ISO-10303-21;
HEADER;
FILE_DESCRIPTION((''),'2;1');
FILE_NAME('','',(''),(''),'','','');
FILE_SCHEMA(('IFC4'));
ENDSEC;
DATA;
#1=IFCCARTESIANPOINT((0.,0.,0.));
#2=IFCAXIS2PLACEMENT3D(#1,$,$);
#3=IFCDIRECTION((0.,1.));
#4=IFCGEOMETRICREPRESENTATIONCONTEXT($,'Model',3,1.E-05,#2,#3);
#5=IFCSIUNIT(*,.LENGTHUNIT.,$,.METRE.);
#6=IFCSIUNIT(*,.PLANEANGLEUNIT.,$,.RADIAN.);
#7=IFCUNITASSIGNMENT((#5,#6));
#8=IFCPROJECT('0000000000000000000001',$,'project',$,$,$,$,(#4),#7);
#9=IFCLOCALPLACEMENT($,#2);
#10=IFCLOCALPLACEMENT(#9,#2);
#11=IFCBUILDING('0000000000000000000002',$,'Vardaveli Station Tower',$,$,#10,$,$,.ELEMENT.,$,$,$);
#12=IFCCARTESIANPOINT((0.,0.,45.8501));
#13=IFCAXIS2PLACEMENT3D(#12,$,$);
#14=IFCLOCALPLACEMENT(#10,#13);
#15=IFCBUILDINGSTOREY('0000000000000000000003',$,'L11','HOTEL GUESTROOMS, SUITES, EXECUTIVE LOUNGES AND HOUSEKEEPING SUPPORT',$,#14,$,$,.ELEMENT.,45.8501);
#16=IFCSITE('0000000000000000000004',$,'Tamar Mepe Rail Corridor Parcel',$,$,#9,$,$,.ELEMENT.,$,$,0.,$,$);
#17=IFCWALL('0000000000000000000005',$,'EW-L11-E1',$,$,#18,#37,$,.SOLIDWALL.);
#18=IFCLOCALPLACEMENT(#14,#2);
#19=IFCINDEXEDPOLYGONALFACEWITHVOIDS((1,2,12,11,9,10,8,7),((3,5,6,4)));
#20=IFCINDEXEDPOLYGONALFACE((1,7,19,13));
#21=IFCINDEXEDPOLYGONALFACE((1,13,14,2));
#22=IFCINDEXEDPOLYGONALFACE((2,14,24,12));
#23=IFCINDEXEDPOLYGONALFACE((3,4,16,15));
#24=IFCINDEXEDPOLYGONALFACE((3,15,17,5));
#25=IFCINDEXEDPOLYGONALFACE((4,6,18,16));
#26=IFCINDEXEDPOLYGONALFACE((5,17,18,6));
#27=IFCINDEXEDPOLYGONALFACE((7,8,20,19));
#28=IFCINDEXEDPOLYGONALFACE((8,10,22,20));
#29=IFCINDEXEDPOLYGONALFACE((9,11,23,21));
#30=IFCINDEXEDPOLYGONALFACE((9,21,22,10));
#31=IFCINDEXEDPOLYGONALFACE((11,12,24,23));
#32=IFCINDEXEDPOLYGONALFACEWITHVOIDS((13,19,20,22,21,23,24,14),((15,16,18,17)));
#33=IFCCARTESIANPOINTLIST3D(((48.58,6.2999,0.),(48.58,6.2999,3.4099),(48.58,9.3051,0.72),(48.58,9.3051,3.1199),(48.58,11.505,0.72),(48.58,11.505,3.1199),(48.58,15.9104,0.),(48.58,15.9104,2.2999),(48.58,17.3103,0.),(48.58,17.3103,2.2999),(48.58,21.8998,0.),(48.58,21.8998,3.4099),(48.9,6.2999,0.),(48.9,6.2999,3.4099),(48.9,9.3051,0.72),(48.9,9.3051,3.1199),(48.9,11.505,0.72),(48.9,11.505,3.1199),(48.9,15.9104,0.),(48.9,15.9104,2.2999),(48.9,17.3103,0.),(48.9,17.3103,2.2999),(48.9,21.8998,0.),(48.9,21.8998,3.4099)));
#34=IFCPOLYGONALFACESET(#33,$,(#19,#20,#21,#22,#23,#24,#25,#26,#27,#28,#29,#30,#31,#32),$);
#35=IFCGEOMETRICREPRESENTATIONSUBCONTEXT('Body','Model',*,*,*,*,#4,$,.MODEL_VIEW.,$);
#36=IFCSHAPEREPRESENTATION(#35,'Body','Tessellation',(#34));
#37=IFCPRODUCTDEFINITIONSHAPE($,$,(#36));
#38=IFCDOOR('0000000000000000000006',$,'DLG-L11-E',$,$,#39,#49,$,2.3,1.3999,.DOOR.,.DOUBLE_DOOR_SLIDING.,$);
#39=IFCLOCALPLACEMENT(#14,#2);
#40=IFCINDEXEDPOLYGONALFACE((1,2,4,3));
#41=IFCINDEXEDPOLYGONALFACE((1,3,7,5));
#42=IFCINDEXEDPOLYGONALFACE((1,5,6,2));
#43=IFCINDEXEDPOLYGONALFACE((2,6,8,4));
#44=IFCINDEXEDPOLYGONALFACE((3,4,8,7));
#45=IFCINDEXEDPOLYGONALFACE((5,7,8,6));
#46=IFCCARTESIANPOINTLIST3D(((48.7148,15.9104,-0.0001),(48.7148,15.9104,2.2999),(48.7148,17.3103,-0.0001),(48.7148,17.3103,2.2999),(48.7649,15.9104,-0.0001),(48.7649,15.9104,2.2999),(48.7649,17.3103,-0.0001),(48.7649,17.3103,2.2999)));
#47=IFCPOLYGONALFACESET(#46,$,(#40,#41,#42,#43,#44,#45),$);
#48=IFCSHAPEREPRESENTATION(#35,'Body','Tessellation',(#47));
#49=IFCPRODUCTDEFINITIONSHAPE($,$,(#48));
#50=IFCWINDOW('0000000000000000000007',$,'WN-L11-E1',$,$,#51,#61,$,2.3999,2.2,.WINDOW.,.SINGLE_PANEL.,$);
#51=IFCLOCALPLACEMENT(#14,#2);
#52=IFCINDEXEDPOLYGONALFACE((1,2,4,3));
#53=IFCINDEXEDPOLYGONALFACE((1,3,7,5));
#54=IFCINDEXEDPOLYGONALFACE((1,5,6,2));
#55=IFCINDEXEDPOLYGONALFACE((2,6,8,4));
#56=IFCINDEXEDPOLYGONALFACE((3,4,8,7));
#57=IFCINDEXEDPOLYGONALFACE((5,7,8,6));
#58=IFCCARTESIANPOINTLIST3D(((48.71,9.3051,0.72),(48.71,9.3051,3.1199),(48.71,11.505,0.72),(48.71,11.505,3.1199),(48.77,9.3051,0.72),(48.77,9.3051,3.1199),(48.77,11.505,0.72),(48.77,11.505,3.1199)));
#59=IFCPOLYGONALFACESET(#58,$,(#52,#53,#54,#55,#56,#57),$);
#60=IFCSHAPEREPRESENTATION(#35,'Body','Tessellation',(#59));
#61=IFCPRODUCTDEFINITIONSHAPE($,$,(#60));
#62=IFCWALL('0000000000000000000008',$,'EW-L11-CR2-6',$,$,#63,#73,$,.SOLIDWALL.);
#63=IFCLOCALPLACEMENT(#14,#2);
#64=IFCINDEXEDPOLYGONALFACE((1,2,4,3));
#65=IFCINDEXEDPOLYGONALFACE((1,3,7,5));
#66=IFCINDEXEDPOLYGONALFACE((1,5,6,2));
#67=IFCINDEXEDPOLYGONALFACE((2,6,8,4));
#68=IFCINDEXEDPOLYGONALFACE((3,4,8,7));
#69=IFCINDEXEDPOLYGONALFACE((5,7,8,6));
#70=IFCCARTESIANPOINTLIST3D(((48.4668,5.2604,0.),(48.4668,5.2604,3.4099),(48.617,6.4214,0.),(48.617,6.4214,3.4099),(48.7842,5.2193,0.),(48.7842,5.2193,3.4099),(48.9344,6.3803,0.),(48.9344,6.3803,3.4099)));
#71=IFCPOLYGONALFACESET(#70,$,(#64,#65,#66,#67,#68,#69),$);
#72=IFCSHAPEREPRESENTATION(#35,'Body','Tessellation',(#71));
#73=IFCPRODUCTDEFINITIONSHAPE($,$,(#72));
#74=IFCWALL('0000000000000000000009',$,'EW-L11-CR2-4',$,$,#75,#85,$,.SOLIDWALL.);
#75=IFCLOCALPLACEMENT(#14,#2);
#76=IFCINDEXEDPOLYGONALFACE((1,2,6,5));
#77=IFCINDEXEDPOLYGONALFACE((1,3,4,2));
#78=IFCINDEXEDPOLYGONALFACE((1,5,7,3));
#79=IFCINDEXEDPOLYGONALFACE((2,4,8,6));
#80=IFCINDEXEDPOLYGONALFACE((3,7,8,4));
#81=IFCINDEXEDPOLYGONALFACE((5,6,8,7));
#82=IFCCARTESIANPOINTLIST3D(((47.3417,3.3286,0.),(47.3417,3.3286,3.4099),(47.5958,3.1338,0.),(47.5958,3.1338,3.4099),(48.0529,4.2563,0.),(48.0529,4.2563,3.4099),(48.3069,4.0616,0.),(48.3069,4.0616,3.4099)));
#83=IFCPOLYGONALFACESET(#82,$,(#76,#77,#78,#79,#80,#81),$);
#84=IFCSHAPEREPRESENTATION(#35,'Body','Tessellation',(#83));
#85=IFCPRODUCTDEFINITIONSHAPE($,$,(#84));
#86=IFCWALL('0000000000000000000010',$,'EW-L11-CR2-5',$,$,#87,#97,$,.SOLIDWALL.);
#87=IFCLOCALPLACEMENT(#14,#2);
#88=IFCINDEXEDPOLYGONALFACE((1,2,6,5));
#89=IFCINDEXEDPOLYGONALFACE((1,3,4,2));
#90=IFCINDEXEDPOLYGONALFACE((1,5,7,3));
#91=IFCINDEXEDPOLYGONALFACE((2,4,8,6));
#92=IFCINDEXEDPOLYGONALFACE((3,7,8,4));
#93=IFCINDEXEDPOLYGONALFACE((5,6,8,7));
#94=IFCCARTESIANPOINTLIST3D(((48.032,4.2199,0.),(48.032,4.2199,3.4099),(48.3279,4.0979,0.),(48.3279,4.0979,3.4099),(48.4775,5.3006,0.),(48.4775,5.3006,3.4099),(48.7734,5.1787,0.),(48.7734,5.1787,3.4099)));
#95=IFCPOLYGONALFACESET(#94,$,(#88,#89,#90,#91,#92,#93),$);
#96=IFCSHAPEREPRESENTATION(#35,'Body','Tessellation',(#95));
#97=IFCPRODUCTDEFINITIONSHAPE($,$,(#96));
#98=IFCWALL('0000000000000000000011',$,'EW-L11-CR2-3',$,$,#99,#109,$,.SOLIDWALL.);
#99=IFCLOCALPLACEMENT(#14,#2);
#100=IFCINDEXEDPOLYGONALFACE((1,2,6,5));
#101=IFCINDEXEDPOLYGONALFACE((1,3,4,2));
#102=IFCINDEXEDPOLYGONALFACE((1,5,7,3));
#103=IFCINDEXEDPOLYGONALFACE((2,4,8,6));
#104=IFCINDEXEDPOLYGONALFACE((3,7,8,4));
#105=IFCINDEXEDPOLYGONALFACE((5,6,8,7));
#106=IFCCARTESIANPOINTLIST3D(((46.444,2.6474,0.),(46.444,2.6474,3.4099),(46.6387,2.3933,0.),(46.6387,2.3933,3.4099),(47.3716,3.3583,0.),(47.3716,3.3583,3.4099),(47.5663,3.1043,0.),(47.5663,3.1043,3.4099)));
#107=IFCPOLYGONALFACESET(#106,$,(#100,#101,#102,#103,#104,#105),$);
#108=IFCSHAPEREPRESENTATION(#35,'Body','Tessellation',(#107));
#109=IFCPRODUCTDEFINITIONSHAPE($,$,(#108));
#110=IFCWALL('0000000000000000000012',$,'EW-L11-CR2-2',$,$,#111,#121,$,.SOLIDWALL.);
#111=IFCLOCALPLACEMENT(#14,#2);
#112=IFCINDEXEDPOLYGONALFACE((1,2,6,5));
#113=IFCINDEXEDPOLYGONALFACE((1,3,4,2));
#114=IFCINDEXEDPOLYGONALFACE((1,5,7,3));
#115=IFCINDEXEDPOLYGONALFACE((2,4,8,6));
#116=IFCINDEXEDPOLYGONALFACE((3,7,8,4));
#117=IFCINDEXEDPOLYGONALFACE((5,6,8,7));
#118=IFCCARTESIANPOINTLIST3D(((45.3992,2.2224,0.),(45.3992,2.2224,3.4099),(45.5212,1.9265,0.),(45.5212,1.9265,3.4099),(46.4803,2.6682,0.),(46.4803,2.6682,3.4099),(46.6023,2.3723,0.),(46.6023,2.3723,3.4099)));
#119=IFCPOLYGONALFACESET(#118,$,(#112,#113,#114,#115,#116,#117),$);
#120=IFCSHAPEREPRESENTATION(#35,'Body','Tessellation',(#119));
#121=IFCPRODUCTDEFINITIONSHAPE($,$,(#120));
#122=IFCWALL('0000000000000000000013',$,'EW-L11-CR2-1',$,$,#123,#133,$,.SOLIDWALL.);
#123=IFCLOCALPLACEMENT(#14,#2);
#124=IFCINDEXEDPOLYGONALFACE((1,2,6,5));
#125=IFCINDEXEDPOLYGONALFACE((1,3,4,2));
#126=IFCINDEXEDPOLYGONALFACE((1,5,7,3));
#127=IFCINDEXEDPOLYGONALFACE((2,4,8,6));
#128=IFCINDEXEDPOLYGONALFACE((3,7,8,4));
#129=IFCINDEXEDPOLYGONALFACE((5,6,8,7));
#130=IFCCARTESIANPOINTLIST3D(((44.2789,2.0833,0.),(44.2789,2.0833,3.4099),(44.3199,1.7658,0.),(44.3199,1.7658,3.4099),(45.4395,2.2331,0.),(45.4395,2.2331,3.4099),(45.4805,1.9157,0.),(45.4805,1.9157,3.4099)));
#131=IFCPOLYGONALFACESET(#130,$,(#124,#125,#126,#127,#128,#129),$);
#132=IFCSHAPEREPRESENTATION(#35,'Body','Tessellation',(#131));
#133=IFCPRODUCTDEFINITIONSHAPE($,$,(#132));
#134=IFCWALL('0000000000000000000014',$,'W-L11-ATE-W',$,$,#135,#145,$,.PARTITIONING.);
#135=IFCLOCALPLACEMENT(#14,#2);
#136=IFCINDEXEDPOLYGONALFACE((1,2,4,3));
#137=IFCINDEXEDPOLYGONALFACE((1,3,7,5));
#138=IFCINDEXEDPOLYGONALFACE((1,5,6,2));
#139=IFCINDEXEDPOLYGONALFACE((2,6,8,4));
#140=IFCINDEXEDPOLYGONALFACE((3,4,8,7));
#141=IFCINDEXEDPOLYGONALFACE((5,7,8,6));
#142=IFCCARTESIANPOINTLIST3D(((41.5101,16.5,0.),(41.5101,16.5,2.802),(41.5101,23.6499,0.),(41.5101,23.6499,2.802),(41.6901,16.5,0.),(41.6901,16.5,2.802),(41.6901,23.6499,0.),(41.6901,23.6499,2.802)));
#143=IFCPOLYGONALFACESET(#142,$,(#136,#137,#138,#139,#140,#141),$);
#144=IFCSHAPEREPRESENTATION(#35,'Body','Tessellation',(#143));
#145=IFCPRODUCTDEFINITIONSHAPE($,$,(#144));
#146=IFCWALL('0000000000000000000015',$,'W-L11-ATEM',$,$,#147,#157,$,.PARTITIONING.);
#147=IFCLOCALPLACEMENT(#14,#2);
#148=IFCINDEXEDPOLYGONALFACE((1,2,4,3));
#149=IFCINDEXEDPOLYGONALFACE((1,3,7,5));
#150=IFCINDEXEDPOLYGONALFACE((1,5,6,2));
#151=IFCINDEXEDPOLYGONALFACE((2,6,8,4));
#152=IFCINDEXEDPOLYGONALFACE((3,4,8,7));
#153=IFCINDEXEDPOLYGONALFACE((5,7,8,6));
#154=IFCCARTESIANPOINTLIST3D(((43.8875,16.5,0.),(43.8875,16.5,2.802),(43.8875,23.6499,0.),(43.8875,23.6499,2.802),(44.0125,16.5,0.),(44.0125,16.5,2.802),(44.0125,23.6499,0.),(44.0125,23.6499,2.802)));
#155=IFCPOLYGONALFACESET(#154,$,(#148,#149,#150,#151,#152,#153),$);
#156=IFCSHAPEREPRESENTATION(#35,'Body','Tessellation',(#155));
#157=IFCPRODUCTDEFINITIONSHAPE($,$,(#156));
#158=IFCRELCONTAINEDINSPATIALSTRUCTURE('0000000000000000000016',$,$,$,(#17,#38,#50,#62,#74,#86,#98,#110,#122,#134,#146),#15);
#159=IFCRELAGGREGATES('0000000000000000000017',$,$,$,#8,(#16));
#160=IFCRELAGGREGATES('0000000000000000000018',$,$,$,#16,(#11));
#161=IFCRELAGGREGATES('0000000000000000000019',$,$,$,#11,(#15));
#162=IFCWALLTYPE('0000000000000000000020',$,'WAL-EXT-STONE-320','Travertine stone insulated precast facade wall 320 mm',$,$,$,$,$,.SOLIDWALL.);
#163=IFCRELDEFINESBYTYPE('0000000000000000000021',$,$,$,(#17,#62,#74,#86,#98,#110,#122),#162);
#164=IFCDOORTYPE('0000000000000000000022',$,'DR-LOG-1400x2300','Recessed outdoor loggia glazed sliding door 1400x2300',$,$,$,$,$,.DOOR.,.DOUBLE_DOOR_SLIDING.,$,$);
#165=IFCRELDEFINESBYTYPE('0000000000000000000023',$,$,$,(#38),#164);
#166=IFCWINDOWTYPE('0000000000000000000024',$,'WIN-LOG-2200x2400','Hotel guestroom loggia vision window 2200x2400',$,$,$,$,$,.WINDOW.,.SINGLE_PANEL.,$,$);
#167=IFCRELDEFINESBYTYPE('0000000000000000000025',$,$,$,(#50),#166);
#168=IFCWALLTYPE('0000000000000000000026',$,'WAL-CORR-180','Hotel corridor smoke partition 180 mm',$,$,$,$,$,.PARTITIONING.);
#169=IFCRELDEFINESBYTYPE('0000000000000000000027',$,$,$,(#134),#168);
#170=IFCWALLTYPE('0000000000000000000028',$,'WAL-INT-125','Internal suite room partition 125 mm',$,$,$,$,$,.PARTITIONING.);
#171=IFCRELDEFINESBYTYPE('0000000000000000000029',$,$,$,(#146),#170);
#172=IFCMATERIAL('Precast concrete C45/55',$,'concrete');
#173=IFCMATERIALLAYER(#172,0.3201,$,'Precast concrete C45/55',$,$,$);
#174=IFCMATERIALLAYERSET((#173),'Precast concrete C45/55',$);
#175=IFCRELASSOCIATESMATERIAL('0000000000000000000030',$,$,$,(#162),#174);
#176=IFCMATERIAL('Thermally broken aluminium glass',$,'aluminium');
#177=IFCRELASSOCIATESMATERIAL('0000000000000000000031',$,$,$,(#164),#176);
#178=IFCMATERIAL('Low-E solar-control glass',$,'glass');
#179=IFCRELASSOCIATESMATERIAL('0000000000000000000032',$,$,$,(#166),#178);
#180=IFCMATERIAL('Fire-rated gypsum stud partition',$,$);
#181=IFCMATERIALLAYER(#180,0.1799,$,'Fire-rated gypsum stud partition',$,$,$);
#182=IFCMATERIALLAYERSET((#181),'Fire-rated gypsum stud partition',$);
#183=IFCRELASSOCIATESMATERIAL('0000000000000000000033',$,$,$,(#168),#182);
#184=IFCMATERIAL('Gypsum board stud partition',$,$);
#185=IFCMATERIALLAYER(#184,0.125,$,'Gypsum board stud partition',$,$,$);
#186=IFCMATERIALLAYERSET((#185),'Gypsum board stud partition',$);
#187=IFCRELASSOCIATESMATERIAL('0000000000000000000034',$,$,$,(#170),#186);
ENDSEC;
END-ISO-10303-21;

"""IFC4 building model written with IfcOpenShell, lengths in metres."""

from ifc_helpers import new_model, si_unit, direction, frame, frame_2d, origin, place, context, subcontext, project, spatial, rectangle, extrude, source, transform, mapped, material, layer, layer_set, type_object, element, fill, save


model = new_model("IFC4")

# Units and contexts
model_context = context("Model", 3, precision=1e-05, world=origin(), true_north=direction((0.0, 1.0)))
body_context = subcontext(model_context, "Body", "Model", "MODEL_VIEW")
ifc_project = project(units=[si_unit("LENGTHUNIT", "METRE"), si_unit("PLANEANGLEUNIT", "RADIAN")], contexts=[model_context])

# Site, building, storey
site_placement = place(None, origin())
site = spatial("IfcSite", under=ifc_project, at=site_placement, Name="Tamar Mepe Rail Corridor Parcel", CompositionType="ELEMENT", RefElevation=0.0)
building_placement = place(site_placement, origin())
building = spatial("IfcBuilding", under=site, at=building_placement, Name="Vardaveli Station Tower", CompositionType="ELEMENT")
storey_placement = place(building_placement, frame((0.0, 0.0, 45.8501)))
storey = spatial("IfcBuildingStorey", under=building, at=storey_placement, Name="L11", Description="HOTEL GUESTROOMS, SUITES, EXECUTIVE LOUNGES AND HOUSEKEEPING SUPPORT", CompositionType="ELEMENT", Elevation=45.8501)

# Shared definitions
ifc_material_1 = material(Name="Precast concrete C45/55", Category="concrete")

# Wall, openings, door, window
ifc_layer_1 = layer(ifc_material_1, 0.3201, Name="Precast concrete C45/55")
ifc_layer_set_1 = layer_set([ifc_layer_1], Name="Precast concrete C45/55")
wall_type_1 = type_object("IfcWallType", Name="WAL-EXT-STONE-320", Description="Travertine stone insulated precast facade wall 320 mm", PredefinedType="SOLIDWALL", material=ifc_layer_set_1)
shared_shape_1 = source(origin(), body_context, "Body", "SweptSolid", [
    extrude(rectangle(XDim=15.5999, YDim=0.3201, at=frame_2d((7.7998, 0.0))), origin(), (0.0, 0.0, 1.0), 3.4099),
])
wall_1_placement = place(storey_placement, frame((48.74, 6.3, 0.0), z_axis=(0.0, 0.0, 1.0), x_axis=(0.0, 1.0, 0.0)))
wall_1 = element("IfcWall", 1, at=wall_1_placement, inside=storey, type_object=wall_type_1, Name="EW-L11-E1", PredefinedType="SOLIDWALL", context=body_context, shape_type="MappedRepresentation", body=[
    mapped(shared_shape_1, transform((0.0, 0.0, 0.0), scale=1.0)),
])
shared_shape_2 = source(origin(), body_context, "Body", "SweptSolid", [
    extrude(rectangle(XDim=1.3999, YDim=2.3, at=frame_2d((0.7, 1.1499))), frame((0.0, 0.1699, 0.0), z_axis=(0.0, -1.0, 0.0), x_axis=(1.0, 0.0, 0.0)), (0.0, 0.0, 1.0), 0.3401),
])
opening_1_placement = place(wall_1_placement, frame((9.6104, 0.0, 0.0)))
opening_1 = element("IfcOpeningElement", 2, at=opening_1_placement, cuts=wall_1, PredefinedType="OPENING", context=body_context, shape_type="MappedRepresentation", body=[
    mapped(shared_shape_2, transform((0.0, 0.0, 0.0), scale=1.0)),
])
shared_shape_3 = source(origin(), body_context, "Body", "SweptSolid", [
    extrude(rectangle(XDim=2.2, YDim=2.3999, at=frame_2d((1.1001, 1.2))), frame((0.0, 0.1699, 0.0), z_axis=(0.0, -1.0, 0.0), x_axis=(1.0, 0.0, 0.0)), (0.0, 0.0, 1.0), 0.3401),
])
opening_2_placement = place(wall_1_placement, frame((3.0049, 0.0, 0.72)))
opening_2 = element("IfcOpeningElement", 3, at=opening_2_placement, cuts=wall_1, PredefinedType="OPENING", context=body_context, shape_type="MappedRepresentation", body=[
    mapped(shared_shape_3, transform((0.0, 0.0, 0.0), scale=1.0)),
])
ifc_material_2 = material(Name="Thermally broken aluminium glass", Category="aluminium")
door_type_1 = type_object("IfcDoorType", Name="DR-LOG-1400x2300", Description="Recessed outdoor loggia glazed sliding door 1400x2300", OperationType="DOUBLE_DOOR_SLIDING", PredefinedType="DOOR", material=ifc_material_2)
shared_shape_4 = source(origin(), body_context, "Body", "SweptSolid", [
    extrude(rectangle(XDim=1.3999, YDim=2.3, at=frame_2d((0.7, 1.1499))), frame((0.0, 0.0249, 0.0), z_axis=(0.0, -1.0, 0.0), x_axis=(1.0, 0.0, 0.0)), (0.0, 0.0, 1.0), 0.05),
])
door_1_placement = place(opening_1_placement, frame((1.3999, 0.0, 0.0), z_axis=(0.0, 0.0, 1.0), x_axis=(-1.0, 0.0, 0.0)))
door_1 = element("IfcDoor", 4, at=door_1_placement, inside=storey, type_object=door_type_1, Name="DLG-L11-E", OperationType="DOUBLE_DOOR_SLIDING", OverallHeight=2.3, OverallWidth=1.3999, PredefinedType="DOOR", context=body_context, shape_type="MappedRepresentation", body=[
    mapped(shared_shape_4, transform((0.0, 0.0, 0.0), scale=1.0)),
])
fill(opening_1, door_1)
ifc_material_3 = material(Name="Low-E solar-control glass", Category="glass")
window_type = type_object("IfcWindowType", Name="WIN-LOG-2200x2400", Description="Hotel guestroom loggia vision window 2200x2400", PartitioningType="SINGLE_PANEL", PredefinedType="WINDOW", material=ifc_material_3)
shared_shape_5 = source(origin(), body_context, "Body", "SweptSolid", [
    extrude(rectangle(XDim=2.2, YDim=2.3999, at=frame_2d((1.1001, 1.2))), frame((0.0, 0.03, 0.0), z_axis=(0.0, -1.0, 0.0), x_axis=(1.0, 0.0, 0.0)), (0.0, 0.0, 1.0), 0.0601),
])
window_placement = place(opening_2_placement, origin())
window = element("IfcWindow", 5, at=window_placement, inside=storey, type_object=window_type, Name="WN-L11-E1", OverallHeight=2.3999, OverallWidth=2.2, PartitioningType="SINGLE_PANEL", PredefinedType="WINDOW", context=body_context, shape_type="MappedRepresentation", body=[
    mapped(shared_shape_5, transform((0.0, 0.0, 0.0), scale=1.0)),
])
fill(opening_2, window)

# Walls
shared_shape_6 = source(origin(), body_context, "Body", "SweptSolid", [
    extrude(rectangle(XDim=1.1707, YDim=0.3201, at=frame_2d((0.5854, 0.0))), origin(), (0.0, 0.0, 1.0), 3.4099),
])
wall_2_placement = place(storey_placement, frame((48.6255, 5.2397, 0.0), z_axis=(0.0, 0.0, 1.0), x_axis=(0.128269, 0.991739, 0.0)))
element("IfcWall", 6, at=wall_2_placement, inside=storey, type_object=wall_type_1, Name="EW-L11-CR2-6", PredefinedType="SOLIDWALL", context=body_context, shape_type="MappedRepresentation", body=[
    mapped(shared_shape_6, transform((0.0, 0.0, 0.0), scale=1.0)),
])
shared_shape_7 = source(origin(), body_context, "Body", "SweptSolid", [
    extrude(rectangle(XDim=1.1689, YDim=0.3201, at=frame_2d((0.5845, 0.0))), origin(), (0.0, 0.0, 1.0), 3.4099),
])
for number, where, z_axis, x_axis, name in (
    (7, (47.4688, 3.2312, 0.0), (0.0, 0.0, 1.0), (0.608388, 0.79364, 0.0), "EW-L11-CR2-4"),
    (8, (48.1799, 4.1589, 0.0), (0.0, 0.0, 1.0), (0.381128, 0.924522, 0.0), "EW-L11-CR2-5"),
):
    element("IfcWall", number, at=place(storey_placement, frame(where, z_axis=z_axis, x_axis=x_axis)), inside=storey, type_object=wall_type_1, Name=name, PredefinedType="SOLIDWALL", context=body_context, shape_type="MappedRepresentation", body=[
        mapped(shared_shape_7, transform((0.0, 0.0, 0.0), scale=1.0)),
    ])
shared_shape_8 = source(origin(), body_context, "Body", "SweptSolid", [
    extrude(rectangle(XDim=1.1687, YDim=0.3201, at=frame_2d((0.5845, 0.0))), origin(), (0.0, 0.0, 1.0), 3.4099),
])
wall_3_placement = place(storey_placement, frame((46.5413, 2.5203, 0.0), z_axis=(0.0, 0.0, 1.0), x_axis=(0.793664, 0.608357, 0.0)))
element("IfcWall", 9, at=wall_3_placement, inside=storey, type_object=wall_type_1, Name="EW-L11-CR2-3", PredefinedType="SOLIDWALL", context=body_context, shape_type="MappedRepresentation", body=[
    mapped(shared_shape_8, transform((0.0, 0.0, 0.0), scale=1.0)),
])
shared_shape_9 = source(origin(), body_context, "Body", "SweptSolid", [
    extrude(rectangle(XDim=1.1694, YDim=0.3201, at=frame_2d((0.5847, 0.0))), origin(), (0.0, 0.0, 1.0), 3.4099),
])
wall_4_placement = place(storey_placement, frame((45.4602, 2.0745, 0.0), z_axis=(0.0, 0.0, 1.0), x_axis=(0.924479, 0.381233, 0.0)))
element("IfcWall", 10, at=wall_4_placement, inside=storey, type_object=wall_type_1, Name="EW-L11-CR2-2", PredefinedType="SOLIDWALL", context=body_context, shape_type="MappedRepresentation", body=[
    mapped(shared_shape_9, transform((0.0, 0.0, 0.0), scale=1.0)),
])
shared_shape_10 = source(origin(), body_context, "Body", "SweptSolid", [
    extrude(rectangle(XDim=1.1702, YDim=0.3201, at=frame_2d((0.585, 0.0))), origin(), (0.0, 0.0, 1.0), 3.4099),
])
wall_5_placement = place(storey_placement, frame((44.2996, 1.9246, 0.0), z_axis=(0.0, 0.0, 1.0), x_axis=(0.991762, 0.12809, 0.0)))
element("IfcWall", 11, at=wall_5_placement, inside=storey, type_object=wall_type_1, Name="EW-L11-CR2-1", PredefinedType="SOLIDWALL", context=body_context, shape_type="MappedRepresentation", body=[
    mapped(shared_shape_10, transform((0.0, 0.0, 0.0), scale=1.0)),
])

# Shared definitions
ifc_material_4 = material(Name="Fire-rated gypsum stud partition")
ifc_layer_2 = layer(ifc_material_4, 0.1799, Name="Fire-rated gypsum stud partition")
ifc_layer_set_2 = layer_set([ifc_layer_2], Name="Fire-rated gypsum stud partition")
wall_type_2 = type_object("IfcWallType", Name="WAL-CORR-180", Description="Hotel corridor smoke partition 180 mm", PredefinedType="PARTITIONING", material=ifc_layer_set_2)

# Walls
shared_shape_11 = source(origin(), body_context, "Body", "SweptSolid", [
    extrude(rectangle(XDim=7.1499, YDim=0.1799, at=frame_2d((3.575, 0.0))), origin(), (0.0, 0.0, 1.0), 2.802),
])
wall_6_placement = place(storey_placement, frame((41.6001, 16.5, 0.0), z_axis=(0.0, 0.0, 1.0), x_axis=(0.0, 1.0, 0.0)))
element("IfcWall", 12, at=wall_6_placement, inside=storey, type_object=wall_type_2, Name="W-L11-ATE-W", PredefinedType="PARTITIONING", context=body_context, shape_type="MappedRepresentation", body=[
    mapped(shared_shape_11, transform((0.0, 0.0, 0.0), scale=1.0)),
])
ifc_material_5 = material(Name="Gypsum board stud partition")
ifc_layer_3 = layer(ifc_material_5, 0.125, Name="Gypsum board stud partition")
ifc_layer_set_3 = layer_set([ifc_layer_3], Name="Gypsum board stud partition")
wall_type_3 = type_object("IfcWallType", Name="WAL-INT-125", Description="Internal suite room partition 125 mm", PredefinedType="PARTITIONING", material=ifc_layer_set_3)
shared_shape_12 = source(origin(), body_context, "Body", "SweptSolid", [
    extrude(rectangle(XDim=7.1499, YDim=0.125, at=frame_2d((3.575, 0.0))), origin(), (0.0, 0.0, 1.0), 2.802),
])
wall_7_placement = place(storey_placement, frame((43.95, 16.5, 0.0), z_axis=(0.0, 0.0, 1.0), x_axis=(0.0, 1.0, 0.0)))
element("IfcWall", 13, at=wall_7_placement, inside=storey, type_object=wall_type_3, Name="W-L11-ATEM", PredefinedType="PARTITIONING", context=body_context, shape_type="MappedRepresentation", body=[
    mapped(shared_shape_12, transform((0.0, 0.0, 0.0), scale=1.0)),
])

save(model, "model.ifc")
